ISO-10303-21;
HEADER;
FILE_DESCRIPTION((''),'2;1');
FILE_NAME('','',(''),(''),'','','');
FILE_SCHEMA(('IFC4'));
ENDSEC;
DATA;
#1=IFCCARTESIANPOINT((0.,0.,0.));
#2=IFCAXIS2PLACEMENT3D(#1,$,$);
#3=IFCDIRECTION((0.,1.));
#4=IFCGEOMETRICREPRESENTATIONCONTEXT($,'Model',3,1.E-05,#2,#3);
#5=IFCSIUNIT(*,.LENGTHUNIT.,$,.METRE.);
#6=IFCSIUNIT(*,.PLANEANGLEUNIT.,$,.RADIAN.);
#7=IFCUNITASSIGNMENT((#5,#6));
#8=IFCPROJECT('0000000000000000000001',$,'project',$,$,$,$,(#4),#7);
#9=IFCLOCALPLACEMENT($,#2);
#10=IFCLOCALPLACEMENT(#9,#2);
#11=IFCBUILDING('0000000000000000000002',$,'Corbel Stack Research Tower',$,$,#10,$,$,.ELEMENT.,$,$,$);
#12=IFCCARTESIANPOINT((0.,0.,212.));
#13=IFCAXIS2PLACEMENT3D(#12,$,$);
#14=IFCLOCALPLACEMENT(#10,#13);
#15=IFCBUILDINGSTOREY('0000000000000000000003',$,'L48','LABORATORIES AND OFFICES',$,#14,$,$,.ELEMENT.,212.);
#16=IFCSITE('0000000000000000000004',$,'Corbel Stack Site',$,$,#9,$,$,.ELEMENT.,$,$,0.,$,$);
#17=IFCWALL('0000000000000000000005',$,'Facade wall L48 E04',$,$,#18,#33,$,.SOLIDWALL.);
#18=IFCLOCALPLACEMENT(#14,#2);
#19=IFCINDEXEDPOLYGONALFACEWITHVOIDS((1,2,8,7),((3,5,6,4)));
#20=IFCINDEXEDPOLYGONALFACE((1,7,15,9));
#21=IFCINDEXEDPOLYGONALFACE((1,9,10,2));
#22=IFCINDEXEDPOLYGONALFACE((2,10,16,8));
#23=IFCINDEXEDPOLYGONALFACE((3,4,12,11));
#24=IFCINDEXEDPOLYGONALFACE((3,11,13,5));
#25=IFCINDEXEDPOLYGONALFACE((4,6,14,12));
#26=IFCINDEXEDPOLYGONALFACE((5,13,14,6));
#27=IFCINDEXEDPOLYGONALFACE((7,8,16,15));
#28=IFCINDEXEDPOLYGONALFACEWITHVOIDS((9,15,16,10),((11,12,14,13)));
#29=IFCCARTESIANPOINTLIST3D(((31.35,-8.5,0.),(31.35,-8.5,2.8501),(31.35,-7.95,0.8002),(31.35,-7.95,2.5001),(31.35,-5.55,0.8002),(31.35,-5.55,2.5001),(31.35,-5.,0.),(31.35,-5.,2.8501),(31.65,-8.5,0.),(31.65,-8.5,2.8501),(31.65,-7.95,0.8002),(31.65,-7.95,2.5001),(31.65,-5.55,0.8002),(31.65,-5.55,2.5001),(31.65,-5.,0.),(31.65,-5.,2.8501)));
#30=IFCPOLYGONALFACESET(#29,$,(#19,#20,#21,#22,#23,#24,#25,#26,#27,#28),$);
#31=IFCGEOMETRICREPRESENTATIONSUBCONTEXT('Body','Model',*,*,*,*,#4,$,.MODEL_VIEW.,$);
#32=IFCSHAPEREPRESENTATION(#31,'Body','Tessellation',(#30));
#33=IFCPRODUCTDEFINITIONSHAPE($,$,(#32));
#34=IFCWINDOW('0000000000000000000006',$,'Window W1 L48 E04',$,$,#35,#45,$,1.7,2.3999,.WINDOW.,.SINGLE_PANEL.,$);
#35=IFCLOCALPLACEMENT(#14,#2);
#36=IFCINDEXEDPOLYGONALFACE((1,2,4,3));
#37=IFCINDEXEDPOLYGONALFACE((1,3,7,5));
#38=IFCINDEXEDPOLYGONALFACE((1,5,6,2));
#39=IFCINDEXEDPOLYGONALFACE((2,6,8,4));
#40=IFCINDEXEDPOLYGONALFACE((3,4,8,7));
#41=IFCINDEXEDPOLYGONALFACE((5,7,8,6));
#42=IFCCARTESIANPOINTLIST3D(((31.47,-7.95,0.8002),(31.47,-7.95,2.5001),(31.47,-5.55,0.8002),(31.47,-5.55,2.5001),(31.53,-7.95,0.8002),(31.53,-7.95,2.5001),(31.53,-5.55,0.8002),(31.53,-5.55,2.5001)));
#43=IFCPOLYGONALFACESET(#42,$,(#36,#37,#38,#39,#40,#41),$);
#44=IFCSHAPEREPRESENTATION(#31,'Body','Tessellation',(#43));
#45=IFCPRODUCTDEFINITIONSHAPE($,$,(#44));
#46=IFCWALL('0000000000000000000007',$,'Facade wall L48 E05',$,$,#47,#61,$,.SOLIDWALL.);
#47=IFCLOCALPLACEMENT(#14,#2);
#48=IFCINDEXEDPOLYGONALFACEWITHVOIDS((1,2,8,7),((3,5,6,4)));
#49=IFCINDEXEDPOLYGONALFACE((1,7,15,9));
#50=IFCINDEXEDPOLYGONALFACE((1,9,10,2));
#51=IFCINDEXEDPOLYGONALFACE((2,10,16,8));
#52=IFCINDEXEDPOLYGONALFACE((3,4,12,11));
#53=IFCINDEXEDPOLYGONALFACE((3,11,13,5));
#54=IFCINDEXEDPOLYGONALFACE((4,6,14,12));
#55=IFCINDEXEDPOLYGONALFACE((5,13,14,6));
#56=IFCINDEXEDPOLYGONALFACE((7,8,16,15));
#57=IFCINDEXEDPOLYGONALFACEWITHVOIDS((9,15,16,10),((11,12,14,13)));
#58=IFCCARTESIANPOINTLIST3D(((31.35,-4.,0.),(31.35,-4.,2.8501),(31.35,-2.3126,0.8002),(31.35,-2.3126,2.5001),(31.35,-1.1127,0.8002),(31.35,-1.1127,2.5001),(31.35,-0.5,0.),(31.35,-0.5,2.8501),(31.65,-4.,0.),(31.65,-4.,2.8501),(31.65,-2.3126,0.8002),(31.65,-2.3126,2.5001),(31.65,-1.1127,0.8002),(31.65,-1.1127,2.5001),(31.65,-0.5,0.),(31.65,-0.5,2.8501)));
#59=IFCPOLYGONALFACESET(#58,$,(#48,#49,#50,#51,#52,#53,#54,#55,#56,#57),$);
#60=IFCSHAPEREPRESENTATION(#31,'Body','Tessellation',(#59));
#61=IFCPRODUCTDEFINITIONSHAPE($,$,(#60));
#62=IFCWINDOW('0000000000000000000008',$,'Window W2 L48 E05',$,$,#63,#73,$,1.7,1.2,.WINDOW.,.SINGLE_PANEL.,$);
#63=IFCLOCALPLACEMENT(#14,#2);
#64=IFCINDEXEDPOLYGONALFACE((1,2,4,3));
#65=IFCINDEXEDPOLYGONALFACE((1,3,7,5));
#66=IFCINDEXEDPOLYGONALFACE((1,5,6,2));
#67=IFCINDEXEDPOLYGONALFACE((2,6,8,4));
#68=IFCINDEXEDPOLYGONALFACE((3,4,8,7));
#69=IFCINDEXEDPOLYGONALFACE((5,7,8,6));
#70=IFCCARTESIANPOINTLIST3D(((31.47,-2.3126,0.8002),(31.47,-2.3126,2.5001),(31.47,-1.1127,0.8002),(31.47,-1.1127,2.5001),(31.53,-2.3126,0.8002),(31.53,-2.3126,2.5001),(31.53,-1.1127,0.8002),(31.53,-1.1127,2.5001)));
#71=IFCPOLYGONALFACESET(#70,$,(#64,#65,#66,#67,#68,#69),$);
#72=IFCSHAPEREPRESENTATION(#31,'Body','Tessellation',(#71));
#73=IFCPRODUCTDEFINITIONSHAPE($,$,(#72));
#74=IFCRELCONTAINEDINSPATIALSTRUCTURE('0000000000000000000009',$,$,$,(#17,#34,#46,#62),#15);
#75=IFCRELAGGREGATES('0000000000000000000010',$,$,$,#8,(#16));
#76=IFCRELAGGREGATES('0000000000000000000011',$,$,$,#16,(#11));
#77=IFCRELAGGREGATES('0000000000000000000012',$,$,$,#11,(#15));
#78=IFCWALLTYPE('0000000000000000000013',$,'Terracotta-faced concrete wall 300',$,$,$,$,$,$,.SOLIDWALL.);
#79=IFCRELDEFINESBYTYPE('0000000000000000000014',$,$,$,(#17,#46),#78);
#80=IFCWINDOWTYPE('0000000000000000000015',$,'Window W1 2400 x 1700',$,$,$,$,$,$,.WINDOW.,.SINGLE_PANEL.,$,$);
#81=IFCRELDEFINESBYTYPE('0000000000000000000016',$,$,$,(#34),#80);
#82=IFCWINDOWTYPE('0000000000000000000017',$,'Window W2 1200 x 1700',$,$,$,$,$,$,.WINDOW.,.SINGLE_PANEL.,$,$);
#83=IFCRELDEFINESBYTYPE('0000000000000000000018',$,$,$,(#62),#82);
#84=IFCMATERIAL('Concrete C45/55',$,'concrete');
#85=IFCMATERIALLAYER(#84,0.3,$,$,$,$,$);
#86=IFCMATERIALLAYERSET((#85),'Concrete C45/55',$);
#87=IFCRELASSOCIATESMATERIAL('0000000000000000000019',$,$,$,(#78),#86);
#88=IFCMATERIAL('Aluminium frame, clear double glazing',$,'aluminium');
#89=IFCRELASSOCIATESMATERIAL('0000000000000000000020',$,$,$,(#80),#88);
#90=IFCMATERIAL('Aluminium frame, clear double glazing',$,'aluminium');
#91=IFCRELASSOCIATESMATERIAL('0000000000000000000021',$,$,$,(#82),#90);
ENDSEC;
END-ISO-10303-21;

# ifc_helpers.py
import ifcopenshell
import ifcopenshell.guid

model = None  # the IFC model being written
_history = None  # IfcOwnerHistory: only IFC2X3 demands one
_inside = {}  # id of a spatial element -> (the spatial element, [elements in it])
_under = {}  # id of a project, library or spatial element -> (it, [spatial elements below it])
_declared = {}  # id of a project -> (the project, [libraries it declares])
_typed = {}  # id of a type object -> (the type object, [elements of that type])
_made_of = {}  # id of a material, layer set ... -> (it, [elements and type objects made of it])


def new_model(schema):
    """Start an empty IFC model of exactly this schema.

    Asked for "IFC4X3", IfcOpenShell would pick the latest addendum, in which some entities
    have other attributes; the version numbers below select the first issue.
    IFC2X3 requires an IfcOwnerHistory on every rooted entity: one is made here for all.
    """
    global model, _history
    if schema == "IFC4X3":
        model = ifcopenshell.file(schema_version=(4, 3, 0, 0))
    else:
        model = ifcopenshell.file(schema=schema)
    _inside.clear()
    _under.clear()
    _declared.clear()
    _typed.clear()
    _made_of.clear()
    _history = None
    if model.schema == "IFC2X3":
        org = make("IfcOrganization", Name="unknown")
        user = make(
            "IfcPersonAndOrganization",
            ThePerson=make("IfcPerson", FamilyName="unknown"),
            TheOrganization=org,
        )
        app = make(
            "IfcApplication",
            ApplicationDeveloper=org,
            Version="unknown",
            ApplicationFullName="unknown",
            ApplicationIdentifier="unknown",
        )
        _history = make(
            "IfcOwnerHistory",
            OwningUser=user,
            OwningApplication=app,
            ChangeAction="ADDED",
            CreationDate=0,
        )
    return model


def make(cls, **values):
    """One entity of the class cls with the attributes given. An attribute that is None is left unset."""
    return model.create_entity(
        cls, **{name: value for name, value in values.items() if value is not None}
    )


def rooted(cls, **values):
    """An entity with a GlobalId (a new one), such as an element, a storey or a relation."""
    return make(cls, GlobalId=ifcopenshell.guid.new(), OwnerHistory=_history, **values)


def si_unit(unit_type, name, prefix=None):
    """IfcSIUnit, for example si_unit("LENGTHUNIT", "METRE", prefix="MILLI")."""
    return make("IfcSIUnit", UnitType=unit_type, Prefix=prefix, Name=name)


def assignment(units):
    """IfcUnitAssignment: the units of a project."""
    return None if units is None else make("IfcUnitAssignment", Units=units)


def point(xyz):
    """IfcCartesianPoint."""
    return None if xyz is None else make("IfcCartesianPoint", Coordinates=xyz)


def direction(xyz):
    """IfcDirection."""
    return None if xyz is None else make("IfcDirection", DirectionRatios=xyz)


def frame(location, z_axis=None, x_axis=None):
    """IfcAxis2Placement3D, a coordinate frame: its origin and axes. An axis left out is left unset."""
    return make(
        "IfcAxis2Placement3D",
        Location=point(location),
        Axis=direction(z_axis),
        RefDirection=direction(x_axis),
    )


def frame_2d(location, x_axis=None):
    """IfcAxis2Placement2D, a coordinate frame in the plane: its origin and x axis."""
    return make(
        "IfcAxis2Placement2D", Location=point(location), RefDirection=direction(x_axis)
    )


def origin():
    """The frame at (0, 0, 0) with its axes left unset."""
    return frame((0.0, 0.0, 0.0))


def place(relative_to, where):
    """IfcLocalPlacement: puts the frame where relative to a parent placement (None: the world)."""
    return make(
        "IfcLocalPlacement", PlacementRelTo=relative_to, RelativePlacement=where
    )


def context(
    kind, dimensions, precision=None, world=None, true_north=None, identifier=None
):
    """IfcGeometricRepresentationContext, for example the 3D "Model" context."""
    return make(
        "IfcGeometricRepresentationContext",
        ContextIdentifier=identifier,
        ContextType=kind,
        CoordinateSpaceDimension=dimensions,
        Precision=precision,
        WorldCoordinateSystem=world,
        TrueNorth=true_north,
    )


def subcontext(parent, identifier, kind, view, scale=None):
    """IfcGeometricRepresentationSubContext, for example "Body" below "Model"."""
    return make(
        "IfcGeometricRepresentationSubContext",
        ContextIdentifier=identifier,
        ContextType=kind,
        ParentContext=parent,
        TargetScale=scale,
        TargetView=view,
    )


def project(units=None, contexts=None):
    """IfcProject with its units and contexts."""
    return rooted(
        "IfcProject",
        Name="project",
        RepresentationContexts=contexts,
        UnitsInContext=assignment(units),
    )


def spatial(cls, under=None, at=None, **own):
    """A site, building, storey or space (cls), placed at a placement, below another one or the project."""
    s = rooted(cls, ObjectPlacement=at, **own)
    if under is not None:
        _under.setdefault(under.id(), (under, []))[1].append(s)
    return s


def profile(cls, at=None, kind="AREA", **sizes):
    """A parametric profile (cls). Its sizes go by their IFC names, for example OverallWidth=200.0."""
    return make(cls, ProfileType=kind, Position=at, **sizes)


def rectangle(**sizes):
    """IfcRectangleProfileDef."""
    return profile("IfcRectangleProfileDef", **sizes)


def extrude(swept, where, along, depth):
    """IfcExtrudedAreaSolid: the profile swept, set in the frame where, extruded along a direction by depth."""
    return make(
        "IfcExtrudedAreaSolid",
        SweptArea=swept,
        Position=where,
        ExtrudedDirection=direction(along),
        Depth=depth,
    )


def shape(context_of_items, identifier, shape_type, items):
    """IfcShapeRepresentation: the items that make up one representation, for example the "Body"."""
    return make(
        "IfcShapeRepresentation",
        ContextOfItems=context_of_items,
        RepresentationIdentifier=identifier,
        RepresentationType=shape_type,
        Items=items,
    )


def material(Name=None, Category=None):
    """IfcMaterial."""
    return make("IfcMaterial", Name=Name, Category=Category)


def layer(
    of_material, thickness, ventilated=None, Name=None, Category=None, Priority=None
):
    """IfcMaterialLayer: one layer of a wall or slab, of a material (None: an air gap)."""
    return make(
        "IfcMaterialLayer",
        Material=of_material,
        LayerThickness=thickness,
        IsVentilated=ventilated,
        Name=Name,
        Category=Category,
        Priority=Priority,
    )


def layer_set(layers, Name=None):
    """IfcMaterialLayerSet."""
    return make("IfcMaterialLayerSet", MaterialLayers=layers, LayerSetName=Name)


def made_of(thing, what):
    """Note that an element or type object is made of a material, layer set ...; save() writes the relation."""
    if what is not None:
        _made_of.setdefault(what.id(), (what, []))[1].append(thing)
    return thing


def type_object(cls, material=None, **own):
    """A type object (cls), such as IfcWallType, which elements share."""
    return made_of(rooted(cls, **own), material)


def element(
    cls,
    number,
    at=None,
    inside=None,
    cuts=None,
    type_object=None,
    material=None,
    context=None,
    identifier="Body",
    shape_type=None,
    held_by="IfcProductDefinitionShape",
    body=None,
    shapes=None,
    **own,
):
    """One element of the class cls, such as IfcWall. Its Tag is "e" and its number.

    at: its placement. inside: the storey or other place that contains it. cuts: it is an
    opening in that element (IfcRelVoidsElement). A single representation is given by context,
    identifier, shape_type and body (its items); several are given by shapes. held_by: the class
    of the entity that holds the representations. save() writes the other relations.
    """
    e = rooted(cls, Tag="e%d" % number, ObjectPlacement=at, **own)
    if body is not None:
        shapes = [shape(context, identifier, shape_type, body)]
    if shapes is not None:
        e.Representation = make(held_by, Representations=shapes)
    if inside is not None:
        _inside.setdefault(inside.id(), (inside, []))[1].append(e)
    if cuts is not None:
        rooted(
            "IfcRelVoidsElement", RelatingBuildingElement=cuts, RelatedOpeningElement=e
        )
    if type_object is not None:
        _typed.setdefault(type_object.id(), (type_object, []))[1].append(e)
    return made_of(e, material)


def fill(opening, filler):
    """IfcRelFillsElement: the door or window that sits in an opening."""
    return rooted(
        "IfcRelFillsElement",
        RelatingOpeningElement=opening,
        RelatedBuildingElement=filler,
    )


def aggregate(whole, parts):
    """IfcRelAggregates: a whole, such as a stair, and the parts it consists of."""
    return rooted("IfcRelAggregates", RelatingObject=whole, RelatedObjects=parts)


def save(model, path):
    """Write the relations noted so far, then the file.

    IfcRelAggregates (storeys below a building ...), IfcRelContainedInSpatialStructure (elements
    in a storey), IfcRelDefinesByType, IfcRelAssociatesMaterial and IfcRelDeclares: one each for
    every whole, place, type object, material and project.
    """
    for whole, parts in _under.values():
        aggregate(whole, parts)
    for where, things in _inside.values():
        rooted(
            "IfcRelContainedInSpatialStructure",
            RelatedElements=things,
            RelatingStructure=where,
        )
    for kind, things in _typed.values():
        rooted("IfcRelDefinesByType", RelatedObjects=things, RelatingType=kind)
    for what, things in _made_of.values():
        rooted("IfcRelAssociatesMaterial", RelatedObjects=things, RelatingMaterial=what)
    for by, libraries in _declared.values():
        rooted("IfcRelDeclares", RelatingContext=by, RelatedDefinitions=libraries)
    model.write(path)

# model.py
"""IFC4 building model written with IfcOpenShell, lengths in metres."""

from ifc_helpers import new_model, si_unit, direction, frame, frame_2d, origin, place, context, subcontext, project, spatial, rectangle, extrude, material, layer, layer_set, type_object, element, fill, save


model = new_model("IFC4")

# Units and contexts
model_context = context("Model", 3, precision=1e-05, world=origin(), true_north=direction((0.0, 1.0)))
body_context = subcontext(model_context, "Body", "Model", "MODEL_VIEW")
ifc_project = project(units=[si_unit("LENGTHUNIT", "METRE"), si_unit("PLANEANGLEUNIT", "RADIAN")], contexts=[model_context])

# Site, building, storey
site_placement = place(None, origin())
site = spatial("IfcSite", under=ifc_project, at=site_placement, Name="Corbel Stack Site", CompositionType="ELEMENT", RefElevation=0.0)
building_placement = place(site_placement, origin())
building = spatial("IfcBuilding", under=site, at=building_placement, Name="Corbel Stack Research Tower", CompositionType="ELEMENT")
storey_placement = place(building_placement, frame((0.0, 0.0, 212.0)))
storey = spatial("IfcBuildingStorey", under=building, at=storey_placement, Name="L48", Description="LABORATORIES AND OFFICES", CompositionType="ELEMENT", Elevation=212.0)

# Walls, openings, windows
ifc_material_1 = material(Name="Concrete C45/55", Category="concrete")
ifc_layer_1 = layer(ifc_material_1, 0.3)
ifc_layer_set_1 = layer_set([ifc_layer_1], Name="Concrete C45/55")
wall_type_1 = type_object("IfcWallType", Name="Terracotta-faced concrete wall 300", PredefinedType="SOLIDWALL", material=ifc_layer_set_1)
wall_1_placement = place(storey_placement, frame((31.5, -5.0, 0.0), z_axis=(0.0, 0.0, 1.0), x_axis=(0.0, -1.0, 0.0)))
wall_1 = element("IfcWall", 1, at=wall_1_placement, inside=storey, type_object=wall_type_1, Name="Facade wall L48 E04", PredefinedType="SOLIDWALL", context=body_context, shape_type="SweptSolid", body=[
    extrude(rectangle(XDim=3.5, YDim=0.3, at=frame_2d((1.75, 0.0))), origin(), (0.0, 0.0, 1.0), 2.8501),
])
opening_1_placement = place(wall_1_placement, frame((0.55, 0.0, 0.8)))
opening_1 = element("IfcOpeningElement", 2, at=opening_1_placement, cuts=wall_1, PredefinedType="OPENING", context=body_context, shape_type="SweptSolid", body=[
    extrude(rectangle(XDim=2.3999, YDim=1.7, at=frame_2d((1.2, 0.8501))), frame((0.0, 0.1599, 0.0), z_axis=(0.0, -1.0, 0.0), x_axis=(1.0, 0.0, 0.0)), (0.0, 0.0, 1.0), 0.3201),
])
ifc_material_2 = material(Name="Aluminium frame, clear double glazing", Category="aluminium")
window_type_1 = type_object("IfcWindowType", Name="Window W1 2400 x 1700", PartitioningType="SINGLE_PANEL", PredefinedType="WINDOW", material=ifc_material_2)
window_1_placement = place(opening_1_placement, origin())
window_1 = element("IfcWindow", 3, at=window_1_placement, inside=storey, type_object=window_type_1, Name="Window W1 L48 E04", OverallHeight=1.7, OverallWidth=2.3999, PartitioningType="SINGLE_PANEL", PredefinedType="WINDOW", context=body_context, shape_type="SweptSolid", body=[
    extrude(rectangle(XDim=2.3999, YDim=1.7, at=frame_2d((1.2, 0.8501))), frame((0.0, 0.03, 0.0), z_axis=(0.0, -1.0, 0.0), x_axis=(1.0, 0.0, 0.0)), (0.0, 0.0, 1.0), 0.0601),
])
fill(opening_1, window_1)
wall_2_placement = place(storey_placement, frame((31.5, -0.5, 0.0), z_axis=(0.0, 0.0, 1.0), x_axis=(0.0, -1.0, 0.0)))
wall_2 = element("IfcWall", 4, at=wall_2_placement, inside=storey, type_object=wall_type_1, Name="Facade wall L48 E05", PredefinedType="SOLIDWALL", context=body_context, shape_type="SweptSolid", body=[
    extrude(rectangle(XDim=3.5, YDim=0.3, at=frame_2d((1.75, 0.0))), origin(), (0.0, 0.0, 1.0), 2.8501),
])
opening_2_placement = place(wall_2_placement, frame((0.6125, 0.0, 0.8)))
opening_2 = element("IfcOpeningElement", 5, at=opening_2_placement, cuts=wall_2, PredefinedType="OPENING", context=body_context, shape_type="SweptSolid", body=[
    extrude(rectangle(XDim=1.2, YDim=1.7, at=frame_2d((0.6001, 0.8501))), frame((0.0, 0.1599, 0.0), z_axis=(0.0, -1.0, 0.0), x_axis=(1.0, 0.0, 0.0)), (0.0, 0.0, 1.0), 0.3201),
])
ifc_material_3 = material(Name="Aluminium frame, clear double glazing", Category="aluminium")
window_type_2 = type_object("IfcWindowType", Name="Window W2 1200 x 1700", PartitioningType="SINGLE_PANEL", PredefinedType="WINDOW", material=ifc_material_3)
window_2_placement = place(opening_2_placement, origin())
window_2 = element("IfcWindow", 6, at=window_2_placement, inside=storey, type_object=window_type_2, Name="Window W2 L48 E05", OverallHeight=1.7, OverallWidth=1.2, PartitioningType="SINGLE_PANEL", PredefinedType="WINDOW", context=body_context, shape_type="SweptSolid", body=[
    extrude(rectangle(XDim=1.2, YDim=1.7, at=frame_2d((0.6001, 0.8501))), frame((0.0, 0.03, 0.0), z_axis=(0.0, -1.0, 0.0), x_axis=(1.0, 0.0, 0.0)), (0.0, 0.0, 1.0), 0.0601),
])
fill(opening_2, window_2)

save(model, "model.ifc")
